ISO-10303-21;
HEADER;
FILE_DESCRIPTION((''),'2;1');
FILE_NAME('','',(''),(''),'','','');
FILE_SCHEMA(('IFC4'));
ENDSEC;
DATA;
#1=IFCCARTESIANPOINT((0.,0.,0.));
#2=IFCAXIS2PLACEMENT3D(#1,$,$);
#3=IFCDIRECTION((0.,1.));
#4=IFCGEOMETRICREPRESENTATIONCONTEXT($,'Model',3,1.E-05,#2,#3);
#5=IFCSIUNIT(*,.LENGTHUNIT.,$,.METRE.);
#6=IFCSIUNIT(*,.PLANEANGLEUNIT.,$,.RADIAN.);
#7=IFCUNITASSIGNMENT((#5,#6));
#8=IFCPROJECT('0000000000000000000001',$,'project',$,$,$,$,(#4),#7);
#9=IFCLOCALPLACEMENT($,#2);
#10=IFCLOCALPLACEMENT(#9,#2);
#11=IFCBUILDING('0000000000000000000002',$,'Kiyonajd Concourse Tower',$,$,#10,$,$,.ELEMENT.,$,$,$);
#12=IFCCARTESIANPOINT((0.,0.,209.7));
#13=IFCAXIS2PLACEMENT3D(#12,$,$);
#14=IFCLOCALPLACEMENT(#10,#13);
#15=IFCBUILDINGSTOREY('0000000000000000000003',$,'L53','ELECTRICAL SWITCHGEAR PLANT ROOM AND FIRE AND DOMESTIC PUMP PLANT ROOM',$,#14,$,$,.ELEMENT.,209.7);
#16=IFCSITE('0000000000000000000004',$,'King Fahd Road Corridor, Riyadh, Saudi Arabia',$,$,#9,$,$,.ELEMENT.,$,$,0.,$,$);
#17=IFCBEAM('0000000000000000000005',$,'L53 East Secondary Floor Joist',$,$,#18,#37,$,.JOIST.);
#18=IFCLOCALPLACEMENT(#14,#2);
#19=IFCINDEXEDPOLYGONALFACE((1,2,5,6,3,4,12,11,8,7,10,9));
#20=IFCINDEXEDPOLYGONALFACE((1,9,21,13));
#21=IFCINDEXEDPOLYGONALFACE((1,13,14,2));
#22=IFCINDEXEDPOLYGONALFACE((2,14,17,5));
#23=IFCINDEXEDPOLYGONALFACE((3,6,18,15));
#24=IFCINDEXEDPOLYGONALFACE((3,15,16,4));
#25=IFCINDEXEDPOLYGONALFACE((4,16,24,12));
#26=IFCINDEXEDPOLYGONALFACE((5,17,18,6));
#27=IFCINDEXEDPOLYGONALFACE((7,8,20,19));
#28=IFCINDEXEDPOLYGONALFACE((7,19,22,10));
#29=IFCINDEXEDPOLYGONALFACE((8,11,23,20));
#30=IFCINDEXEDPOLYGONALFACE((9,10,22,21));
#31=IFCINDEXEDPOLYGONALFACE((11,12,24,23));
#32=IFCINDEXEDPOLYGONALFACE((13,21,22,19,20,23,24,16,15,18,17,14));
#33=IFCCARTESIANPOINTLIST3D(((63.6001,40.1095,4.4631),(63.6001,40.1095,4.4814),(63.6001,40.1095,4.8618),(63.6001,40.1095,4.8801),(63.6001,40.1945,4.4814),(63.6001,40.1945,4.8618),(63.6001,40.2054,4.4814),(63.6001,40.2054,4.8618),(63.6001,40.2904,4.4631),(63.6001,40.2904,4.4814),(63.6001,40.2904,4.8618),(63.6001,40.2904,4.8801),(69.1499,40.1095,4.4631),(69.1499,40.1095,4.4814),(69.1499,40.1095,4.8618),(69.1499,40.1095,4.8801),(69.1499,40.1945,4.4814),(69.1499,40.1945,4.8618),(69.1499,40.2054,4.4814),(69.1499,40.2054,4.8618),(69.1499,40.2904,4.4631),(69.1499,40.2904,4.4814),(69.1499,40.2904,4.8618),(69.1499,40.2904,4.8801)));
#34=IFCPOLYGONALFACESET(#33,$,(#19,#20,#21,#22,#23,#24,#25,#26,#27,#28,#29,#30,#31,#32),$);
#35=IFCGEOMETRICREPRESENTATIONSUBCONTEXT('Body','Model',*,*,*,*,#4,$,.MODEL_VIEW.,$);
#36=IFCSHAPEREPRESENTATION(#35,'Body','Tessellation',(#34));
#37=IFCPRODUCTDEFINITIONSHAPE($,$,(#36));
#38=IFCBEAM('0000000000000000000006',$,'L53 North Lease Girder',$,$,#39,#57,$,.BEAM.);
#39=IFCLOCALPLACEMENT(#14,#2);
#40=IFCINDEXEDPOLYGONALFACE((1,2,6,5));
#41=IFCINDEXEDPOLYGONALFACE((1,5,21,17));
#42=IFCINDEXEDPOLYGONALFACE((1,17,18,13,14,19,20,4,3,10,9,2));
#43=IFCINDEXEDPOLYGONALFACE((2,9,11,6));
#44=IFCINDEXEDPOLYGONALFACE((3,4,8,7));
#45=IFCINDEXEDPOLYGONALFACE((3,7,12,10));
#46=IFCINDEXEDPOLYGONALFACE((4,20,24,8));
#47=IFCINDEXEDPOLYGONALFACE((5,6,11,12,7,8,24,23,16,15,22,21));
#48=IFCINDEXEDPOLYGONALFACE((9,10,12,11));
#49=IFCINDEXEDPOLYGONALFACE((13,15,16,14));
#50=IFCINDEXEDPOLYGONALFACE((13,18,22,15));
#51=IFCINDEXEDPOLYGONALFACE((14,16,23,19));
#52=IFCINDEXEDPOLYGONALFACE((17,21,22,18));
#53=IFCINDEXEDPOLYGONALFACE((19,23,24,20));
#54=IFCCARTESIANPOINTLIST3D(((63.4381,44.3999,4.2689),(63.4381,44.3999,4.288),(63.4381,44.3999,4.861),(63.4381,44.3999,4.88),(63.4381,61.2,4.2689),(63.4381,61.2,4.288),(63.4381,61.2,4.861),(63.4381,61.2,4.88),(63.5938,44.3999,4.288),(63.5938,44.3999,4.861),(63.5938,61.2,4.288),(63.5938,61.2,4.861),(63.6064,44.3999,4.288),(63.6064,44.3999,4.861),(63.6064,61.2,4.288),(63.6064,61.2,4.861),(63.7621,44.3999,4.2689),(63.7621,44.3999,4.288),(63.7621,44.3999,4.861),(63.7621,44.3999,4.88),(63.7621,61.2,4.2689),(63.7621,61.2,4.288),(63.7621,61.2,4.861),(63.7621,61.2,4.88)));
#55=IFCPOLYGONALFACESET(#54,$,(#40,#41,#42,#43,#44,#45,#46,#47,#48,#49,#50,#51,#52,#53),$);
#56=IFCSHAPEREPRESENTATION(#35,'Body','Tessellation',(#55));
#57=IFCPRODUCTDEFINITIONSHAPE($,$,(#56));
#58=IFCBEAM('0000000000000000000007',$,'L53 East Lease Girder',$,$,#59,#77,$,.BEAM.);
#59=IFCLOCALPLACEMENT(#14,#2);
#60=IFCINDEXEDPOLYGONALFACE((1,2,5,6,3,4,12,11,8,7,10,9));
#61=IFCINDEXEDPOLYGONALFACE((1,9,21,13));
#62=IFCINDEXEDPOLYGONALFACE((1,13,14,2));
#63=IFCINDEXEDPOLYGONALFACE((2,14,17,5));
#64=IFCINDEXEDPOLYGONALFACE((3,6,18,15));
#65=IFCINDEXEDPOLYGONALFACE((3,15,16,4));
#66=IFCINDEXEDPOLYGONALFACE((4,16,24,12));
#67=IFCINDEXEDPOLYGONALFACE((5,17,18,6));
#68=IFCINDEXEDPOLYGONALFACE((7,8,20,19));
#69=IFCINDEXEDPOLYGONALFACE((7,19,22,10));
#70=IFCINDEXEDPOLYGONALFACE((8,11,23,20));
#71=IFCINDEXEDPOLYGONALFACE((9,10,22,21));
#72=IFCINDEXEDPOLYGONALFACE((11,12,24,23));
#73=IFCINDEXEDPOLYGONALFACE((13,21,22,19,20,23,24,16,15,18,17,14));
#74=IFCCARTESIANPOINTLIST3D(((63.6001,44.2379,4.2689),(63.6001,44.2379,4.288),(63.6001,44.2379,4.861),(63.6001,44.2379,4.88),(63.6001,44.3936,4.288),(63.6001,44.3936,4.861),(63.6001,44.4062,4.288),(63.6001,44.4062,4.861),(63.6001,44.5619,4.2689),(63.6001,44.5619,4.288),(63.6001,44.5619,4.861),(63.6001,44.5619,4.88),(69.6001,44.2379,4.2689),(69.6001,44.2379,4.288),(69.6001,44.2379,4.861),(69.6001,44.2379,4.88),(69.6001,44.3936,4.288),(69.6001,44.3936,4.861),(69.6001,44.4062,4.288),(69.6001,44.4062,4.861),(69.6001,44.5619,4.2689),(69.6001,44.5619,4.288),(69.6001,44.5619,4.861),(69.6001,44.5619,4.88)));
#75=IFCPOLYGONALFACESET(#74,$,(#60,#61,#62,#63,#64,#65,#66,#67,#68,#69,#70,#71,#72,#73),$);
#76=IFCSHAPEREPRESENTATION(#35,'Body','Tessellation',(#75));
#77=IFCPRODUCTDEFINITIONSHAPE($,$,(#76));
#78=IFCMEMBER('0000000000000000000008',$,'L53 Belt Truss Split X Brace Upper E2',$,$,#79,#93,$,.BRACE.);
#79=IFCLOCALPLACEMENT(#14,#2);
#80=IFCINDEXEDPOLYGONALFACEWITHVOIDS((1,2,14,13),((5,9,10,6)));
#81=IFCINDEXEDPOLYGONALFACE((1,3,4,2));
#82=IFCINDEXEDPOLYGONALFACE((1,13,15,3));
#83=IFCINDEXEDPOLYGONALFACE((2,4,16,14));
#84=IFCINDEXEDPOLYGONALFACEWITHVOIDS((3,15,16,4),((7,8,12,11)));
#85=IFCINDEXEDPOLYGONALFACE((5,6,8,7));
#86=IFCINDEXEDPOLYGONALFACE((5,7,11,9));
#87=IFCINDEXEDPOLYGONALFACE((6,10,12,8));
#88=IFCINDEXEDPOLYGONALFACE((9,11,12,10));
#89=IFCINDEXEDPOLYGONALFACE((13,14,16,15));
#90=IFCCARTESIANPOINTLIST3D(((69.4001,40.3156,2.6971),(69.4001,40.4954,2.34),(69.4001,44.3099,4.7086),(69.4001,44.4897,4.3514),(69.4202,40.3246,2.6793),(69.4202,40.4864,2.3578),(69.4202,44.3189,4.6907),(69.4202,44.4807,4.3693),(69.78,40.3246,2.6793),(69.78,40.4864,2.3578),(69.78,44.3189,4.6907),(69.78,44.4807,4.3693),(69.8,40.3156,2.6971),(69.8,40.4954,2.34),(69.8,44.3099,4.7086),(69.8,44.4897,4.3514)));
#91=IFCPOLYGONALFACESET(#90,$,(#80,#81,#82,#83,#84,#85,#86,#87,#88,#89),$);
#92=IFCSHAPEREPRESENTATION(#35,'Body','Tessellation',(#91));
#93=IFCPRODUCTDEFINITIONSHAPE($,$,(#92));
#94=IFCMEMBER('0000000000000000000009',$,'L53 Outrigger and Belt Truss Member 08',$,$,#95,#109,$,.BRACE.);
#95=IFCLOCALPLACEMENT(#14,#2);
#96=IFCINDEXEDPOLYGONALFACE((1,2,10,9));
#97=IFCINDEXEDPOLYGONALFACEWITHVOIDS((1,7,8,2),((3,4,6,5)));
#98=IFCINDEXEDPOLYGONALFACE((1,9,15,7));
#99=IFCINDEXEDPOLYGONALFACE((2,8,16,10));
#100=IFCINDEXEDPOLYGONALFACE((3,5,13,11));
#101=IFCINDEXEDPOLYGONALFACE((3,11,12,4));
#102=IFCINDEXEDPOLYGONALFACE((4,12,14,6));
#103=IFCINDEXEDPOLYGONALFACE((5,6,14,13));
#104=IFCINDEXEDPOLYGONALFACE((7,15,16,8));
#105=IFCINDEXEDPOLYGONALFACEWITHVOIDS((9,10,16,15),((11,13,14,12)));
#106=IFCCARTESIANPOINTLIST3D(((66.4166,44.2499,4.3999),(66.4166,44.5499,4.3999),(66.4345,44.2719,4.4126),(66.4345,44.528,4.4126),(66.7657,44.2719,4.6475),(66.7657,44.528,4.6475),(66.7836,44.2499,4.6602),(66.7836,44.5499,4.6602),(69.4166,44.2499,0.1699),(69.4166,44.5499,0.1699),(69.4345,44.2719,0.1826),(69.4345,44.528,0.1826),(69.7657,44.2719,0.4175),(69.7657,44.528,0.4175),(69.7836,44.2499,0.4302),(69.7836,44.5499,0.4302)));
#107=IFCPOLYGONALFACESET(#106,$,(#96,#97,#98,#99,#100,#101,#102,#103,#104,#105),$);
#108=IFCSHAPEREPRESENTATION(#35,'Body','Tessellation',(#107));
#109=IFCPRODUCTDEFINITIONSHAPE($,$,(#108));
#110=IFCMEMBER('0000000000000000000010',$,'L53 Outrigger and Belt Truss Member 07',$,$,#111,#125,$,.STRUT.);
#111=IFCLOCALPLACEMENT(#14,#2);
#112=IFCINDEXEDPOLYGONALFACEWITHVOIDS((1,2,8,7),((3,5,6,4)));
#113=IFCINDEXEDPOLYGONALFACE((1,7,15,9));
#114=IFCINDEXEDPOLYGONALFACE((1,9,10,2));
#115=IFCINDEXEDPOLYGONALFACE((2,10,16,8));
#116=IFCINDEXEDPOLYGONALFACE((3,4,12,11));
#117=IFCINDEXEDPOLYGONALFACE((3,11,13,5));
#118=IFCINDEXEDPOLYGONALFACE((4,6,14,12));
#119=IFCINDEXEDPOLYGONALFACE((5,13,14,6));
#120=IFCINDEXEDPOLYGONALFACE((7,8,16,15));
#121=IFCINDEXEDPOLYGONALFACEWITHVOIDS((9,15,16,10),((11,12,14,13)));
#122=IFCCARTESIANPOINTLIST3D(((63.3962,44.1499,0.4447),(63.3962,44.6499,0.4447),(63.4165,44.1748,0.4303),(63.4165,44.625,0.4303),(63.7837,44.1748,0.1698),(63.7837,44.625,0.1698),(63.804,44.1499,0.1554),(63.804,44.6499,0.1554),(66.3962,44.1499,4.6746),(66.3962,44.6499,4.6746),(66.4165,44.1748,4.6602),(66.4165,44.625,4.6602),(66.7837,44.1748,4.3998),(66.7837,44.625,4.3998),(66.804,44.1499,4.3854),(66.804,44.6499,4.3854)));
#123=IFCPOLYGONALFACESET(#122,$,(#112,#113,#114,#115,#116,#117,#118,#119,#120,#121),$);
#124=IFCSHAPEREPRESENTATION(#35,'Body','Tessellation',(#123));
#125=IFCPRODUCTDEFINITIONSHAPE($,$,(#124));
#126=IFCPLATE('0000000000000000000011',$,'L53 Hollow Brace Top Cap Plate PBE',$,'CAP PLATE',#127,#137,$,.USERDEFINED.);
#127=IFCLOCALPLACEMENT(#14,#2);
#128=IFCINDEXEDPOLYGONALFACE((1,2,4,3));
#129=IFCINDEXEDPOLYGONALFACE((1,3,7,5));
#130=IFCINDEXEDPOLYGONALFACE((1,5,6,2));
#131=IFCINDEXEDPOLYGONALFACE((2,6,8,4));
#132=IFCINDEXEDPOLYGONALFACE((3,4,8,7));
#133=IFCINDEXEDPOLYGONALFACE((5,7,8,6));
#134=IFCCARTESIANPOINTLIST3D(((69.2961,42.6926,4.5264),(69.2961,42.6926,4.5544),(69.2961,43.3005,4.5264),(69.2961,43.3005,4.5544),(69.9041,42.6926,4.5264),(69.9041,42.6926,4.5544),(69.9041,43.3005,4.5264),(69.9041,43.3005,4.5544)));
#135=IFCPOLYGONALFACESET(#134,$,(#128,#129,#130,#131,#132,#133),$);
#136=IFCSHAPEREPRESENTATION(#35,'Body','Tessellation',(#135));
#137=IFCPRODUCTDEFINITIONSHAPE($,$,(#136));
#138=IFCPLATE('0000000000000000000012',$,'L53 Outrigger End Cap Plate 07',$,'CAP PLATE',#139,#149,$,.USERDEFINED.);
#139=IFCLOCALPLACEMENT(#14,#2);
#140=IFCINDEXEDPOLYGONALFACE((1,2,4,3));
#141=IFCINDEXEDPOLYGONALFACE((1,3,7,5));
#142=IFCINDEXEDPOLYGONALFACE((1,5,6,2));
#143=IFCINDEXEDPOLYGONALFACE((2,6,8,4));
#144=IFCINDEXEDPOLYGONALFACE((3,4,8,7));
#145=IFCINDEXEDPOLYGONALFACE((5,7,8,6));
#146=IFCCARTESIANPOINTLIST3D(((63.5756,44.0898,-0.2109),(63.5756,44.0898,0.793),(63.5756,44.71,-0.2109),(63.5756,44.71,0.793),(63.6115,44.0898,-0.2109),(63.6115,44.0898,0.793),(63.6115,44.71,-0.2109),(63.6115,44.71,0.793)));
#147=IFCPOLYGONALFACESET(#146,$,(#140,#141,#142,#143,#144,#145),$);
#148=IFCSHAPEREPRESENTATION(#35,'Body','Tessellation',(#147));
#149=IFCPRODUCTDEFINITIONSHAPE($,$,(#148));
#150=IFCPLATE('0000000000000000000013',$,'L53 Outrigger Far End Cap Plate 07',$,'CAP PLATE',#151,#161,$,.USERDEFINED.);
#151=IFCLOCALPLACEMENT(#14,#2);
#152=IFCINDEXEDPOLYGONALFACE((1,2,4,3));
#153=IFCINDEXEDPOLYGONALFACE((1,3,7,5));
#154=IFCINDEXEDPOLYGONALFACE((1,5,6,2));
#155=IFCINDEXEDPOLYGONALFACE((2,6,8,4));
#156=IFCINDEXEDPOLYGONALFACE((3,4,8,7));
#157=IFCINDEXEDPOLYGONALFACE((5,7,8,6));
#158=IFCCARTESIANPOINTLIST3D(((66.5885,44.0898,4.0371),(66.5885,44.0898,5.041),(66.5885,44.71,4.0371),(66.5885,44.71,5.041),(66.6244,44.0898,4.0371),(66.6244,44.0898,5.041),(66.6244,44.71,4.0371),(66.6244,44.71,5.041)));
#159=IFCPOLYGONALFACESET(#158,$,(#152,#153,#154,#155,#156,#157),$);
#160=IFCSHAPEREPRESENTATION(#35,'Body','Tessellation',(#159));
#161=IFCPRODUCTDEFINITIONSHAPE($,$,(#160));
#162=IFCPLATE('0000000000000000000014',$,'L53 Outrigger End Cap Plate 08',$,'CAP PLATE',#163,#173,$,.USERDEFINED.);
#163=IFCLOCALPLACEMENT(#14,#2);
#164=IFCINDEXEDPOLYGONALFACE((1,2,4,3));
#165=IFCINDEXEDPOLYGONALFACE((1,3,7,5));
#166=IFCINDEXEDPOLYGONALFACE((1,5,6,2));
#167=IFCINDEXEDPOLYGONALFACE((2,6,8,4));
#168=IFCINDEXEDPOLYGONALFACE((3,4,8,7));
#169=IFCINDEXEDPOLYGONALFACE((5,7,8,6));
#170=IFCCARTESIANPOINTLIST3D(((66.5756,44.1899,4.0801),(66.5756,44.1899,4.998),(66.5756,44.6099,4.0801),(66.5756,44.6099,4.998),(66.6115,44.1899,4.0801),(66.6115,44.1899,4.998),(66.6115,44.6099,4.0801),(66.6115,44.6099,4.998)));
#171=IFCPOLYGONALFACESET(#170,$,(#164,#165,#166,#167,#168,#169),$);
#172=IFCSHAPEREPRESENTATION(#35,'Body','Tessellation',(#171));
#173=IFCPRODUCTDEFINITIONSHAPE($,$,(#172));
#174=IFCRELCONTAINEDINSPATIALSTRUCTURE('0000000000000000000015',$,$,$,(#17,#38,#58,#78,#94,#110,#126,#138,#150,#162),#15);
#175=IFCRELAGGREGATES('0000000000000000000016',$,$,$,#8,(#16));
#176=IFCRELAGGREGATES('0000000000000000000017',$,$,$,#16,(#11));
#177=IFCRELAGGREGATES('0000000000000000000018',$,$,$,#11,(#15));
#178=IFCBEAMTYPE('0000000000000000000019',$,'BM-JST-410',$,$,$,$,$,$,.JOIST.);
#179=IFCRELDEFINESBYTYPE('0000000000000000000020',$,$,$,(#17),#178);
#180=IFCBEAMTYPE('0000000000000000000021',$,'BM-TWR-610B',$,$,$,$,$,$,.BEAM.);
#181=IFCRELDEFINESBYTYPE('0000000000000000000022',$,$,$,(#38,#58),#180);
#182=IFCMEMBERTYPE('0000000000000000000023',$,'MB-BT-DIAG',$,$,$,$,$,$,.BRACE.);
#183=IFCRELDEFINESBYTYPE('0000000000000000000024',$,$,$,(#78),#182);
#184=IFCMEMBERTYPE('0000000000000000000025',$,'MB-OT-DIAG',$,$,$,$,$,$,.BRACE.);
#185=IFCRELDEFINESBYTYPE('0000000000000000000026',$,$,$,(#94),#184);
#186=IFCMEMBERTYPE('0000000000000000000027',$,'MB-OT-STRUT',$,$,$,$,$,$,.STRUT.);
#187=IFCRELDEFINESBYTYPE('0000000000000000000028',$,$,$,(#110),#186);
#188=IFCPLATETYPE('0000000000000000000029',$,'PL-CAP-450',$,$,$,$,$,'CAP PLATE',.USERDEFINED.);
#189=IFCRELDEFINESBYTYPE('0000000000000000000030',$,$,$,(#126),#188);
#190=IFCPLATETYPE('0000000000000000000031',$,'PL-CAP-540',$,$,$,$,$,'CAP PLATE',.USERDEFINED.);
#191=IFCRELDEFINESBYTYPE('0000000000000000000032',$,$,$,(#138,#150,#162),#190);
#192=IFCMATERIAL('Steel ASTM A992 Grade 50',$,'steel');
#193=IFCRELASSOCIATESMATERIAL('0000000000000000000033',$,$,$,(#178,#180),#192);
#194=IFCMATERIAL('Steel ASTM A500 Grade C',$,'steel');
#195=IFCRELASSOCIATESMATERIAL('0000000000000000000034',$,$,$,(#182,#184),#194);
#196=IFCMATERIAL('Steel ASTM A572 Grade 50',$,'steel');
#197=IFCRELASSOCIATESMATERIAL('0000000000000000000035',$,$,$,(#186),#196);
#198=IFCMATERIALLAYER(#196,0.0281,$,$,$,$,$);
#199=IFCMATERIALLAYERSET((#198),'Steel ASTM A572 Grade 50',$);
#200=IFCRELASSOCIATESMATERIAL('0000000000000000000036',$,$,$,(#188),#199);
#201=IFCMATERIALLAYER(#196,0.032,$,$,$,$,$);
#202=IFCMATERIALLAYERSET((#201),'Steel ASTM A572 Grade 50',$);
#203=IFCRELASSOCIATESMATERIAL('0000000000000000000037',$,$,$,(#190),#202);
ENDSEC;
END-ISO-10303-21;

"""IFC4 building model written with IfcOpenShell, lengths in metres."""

from ifc_helpers import new_model, si_unit, direction, frame, origin, origin_2d, place, context, subcontext, project, spatial, rectangle, hollow_rectangle, i_section, extrude, material, layer, layer_set, material_profile, profile_set, type_object, element, save


model = new_model("IFC4")

# Units and contexts
model_context = context("Model", 3, precision=1e-05, world=origin(), true_north=direction((0.0, 1.0)))
body_context = subcontext(model_context, "Body", "Model", "MODEL_VIEW")
ifc_project = project(units=[si_unit("LENGTHUNIT", "METRE"), si_unit("PLANEANGLEUNIT", "RADIAN")], contexts=[model_context])

# Site, building, storey
site_placement = place(None, origin())
site = spatial("IfcSite", under=ifc_project, at=site_placement, Name="King Fahd Road Corridor, Riyadh, Saudi Arabia", CompositionType="ELEMENT", RefElevation=0.0)
building_placement = place(site_placement, origin())
building = spatial("IfcBuilding", under=site, at=building_placement, Name="Kiyonajd Concourse Tower", CompositionType="ELEMENT")
storey_placement = place(building_placement, frame((0.0, 0.0, 209.7)))
storey = spatial("IfcBuildingStorey", under=building, at=storey_placement, Name="L53", Description="ELECTRICAL SWITCHGEAR PLANT ROOM AND FIRE AND DOMESTIC PUMP PLANT ROOM", CompositionType="ELEMENT", Elevation=209.7)

# Beams
ifc_material_1 = material(Name="Steel ASTM A992 Grade 50", Category="steel")
ifc_material_profile_1 = material_profile(ifc_material_1, i_section(OverallWidth=0.1809, OverallDepth=0.417, WebThickness=0.011, FlangeThickness=0.0183, at=origin_2d()), Name="W410X85")
ifc_profile_set_1 = profile_set([ifc_material_profile_1], Name="Steel ASTM A992 Grade 50")
beam_type_1 = type_object("IfcBeamType", Name="BM-JST-410", PredefinedType="JOIST", material=ifc_profile_set_1)
beam_1_placement = place(storey_placement, frame((63.6001, 40.2, 4.6716), z_axis=(1.0, 0.0, 0.0), x_axis=(0.0, 1.0, 0.0)))
element("IfcBeam", 1, at=beam_1_placement, inside=storey, type_object=beam_type_1, Name="L53 East Secondary Floor Joist", PredefinedType="JOIST", context=body_context, shape_type="SweptSolid", body=[
    extrude(i_section(OverallWidth=0.1809, OverallDepth=0.417, WebThickness=0.011, FlangeThickness=0.0183, at=origin_2d()), origin(), (0.0, 0.0, 1.0), 5.5498),
])
ifc_material_profile_2 = material_profile(ifc_material_1, i_section(OverallWidth=0.324, OverallDepth=0.6111, WebThickness=0.0127, FlangeThickness=0.019, at=origin_2d()), Name="W610X155")
ifc_profile_set_2 = profile_set([ifc_material_profile_2], Name="Steel ASTM A992 Grade 50")
beam_type_2 = type_object("IfcBeamType", Name="BM-TWR-610B", PredefinedType="BEAM", material=ifc_profile_set_2)
beam_2_placement = place(storey_placement, frame((63.6001, 44.3999, 4.5745), z_axis=(0.0, 1.0, 0.0), x_axis=(-1.0, 0.0, 0.0)))
element("IfcBeam", 2, at=beam_2_placement, inside=storey, type_object=beam_type_2, Name="L53 North Lease Girder", PredefinedType="BEAM", context=body_context, shape_type="SweptSolid", body=[
    extrude(i_section(OverallWidth=0.324, OverallDepth=0.6111, WebThickness=0.0127, FlangeThickness=0.019, at=origin_2d()), origin(), (0.0, 0.0, 1.0), 16.8),
])
beam_3_placement = place(storey_placement, frame((63.6001, 44.3999, 4.5745), z_axis=(1.0, 0.0, 0.0), x_axis=(0.0, 1.0, 0.0)))
element("IfcBeam", 3, at=beam_3_placement, inside=storey, type_object=beam_type_2, Name="L53 East Lease Girder", PredefinedType="BEAM", context=body_context, shape_type="SweptSolid", body=[
    extrude(i_section(OverallWidth=0.324, OverallDepth=0.6111, WebThickness=0.0127, FlangeThickness=0.019, at=origin_2d()), origin(), (0.0, 0.0, 1.0), 6.0),
])

# Members
ifc_material_2 = material(Name="Steel ASTM A500 Grade C", Category="steel")
ifc_material_profile_3 = material_profile(ifc_material_2, hollow_rectangle(XDim=0.3999, YDim=0.3999, WallThickness=0.02, at=origin_2d()), Name="HSS-400x400x20")
ifc_profile_set_3 = profile_set([ifc_material_profile_3], Name="Steel ASTM A500 Grade C")
member_type_1 = type_object("IfcMemberType", Name="MB-BT-DIAG", PredefinedType="BRACE", material=ifc_profile_set_3)
member_1_placement = place(storey_placement, frame((69.6001, 40.4055, 2.5186), z_axis=(0.0, 0.893146, 0.449767), x_axis=(-1.0, 0.0, 0.0)))
element("IfcMember", 4, at=member_1_placement, inside=storey, type_object=member_type_1, Name="L53 Belt Truss Split X Brace Upper E2", PredefinedType="BRACE", context=body_context, shape_type="SweptSolid", body=[
    extrude(hollow_rectangle(XDim=0.3999, YDim=0.3999, WallThickness=0.02, at=origin_2d()), origin(), (0.0, 0.0, 1.0), 4.4722),
])
ifc_material_profile_4 = material_profile(ifc_material_2, hollow_rectangle(XDim=0.3, YDim=0.45, WallThickness=0.022, at=origin_2d()), Name="HSS-450x300x22")
ifc_profile_set_4 = profile_set([ifc_material_profile_4], Name="Steel ASTM A500 Grade C")
member_type_2 = type_object("IfcMemberType", Name="MB-OT-DIAG", PredefinedType="BRACE", material=ifc_profile_set_4)
member_2_placement = place(storey_placement, frame((66.6001, 44.3999, 4.53), z_axis=(0.578501, 0.0, -0.815682), x_axis=(0.0, 1.0, 0.0)))
element("IfcMember", 5, at=member_2_placement, inside=storey, type_object=member_type_2, Name="L53 Outrigger and Belt Truss Member 08", PredefinedType="BRACE", context=body_context, shape_type="SweptSolid", body=[
    extrude(hollow_rectangle(XDim=0.3, YDim=0.45, WallThickness=0.022, at=origin_2d()), origin(), (0.0, 0.0, 1.0), 5.1858),
])
ifc_material_3 = material(Name="Steel ASTM A572 Grade 50", Category="steel")
ifc_material_profile_5 = material_profile(ifc_material_3, hollow_rectangle(XDim=0.5, YDim=0.5, WallThickness=0.0249, at=origin_2d()), Name="HSS-500x500x25")
ifc_profile_set_5 = profile_set([ifc_material_profile_5], Name="Steel ASTM A572 Grade 50")
member_type_3 = type_object("IfcMemberType", Name="MB-OT-STRUT", PredefinedType="STRUT", material=ifc_profile_set_5)
member_3_placement = place(storey_placement, frame((63.6001, 44.3999, 0.3), z_axis=(0.578501, 0.0, 0.815682), x_axis=(0.0, 1.0, 0.0)))
element("IfcMember", 6, at=member_3_placement, inside=storey, type_object=member_type_3, Name="L53 Outrigger and Belt Truss Member 07", PredefinedType="STRUT", context=body_context, shape_type="SweptSolid", body=[
    extrude(hollow_rectangle(XDim=0.5, YDim=0.5, WallThickness=0.0249, at=origin_2d()), origin(), (0.0, 0.0, 1.0), 5.1858),
])

# Plates
ifc_layer_1 = layer(ifc_material_3, 0.0281)
ifc_layer_set_1 = layer_set([ifc_layer_1], Name="Steel ASTM A572 Grade 50")
plate_type_1 = type_object("IfcPlateType", Name="PL-CAP-450", ElementType="CAP PLATE", PredefinedType="USERDEFINED", material=ifc_layer_set_1)
plate_1_placement = place(storey_placement, frame((69.6001, 42.9966, 4.5264), z_axis=(0.0, 0.0, 1.0), x_axis=(1.0, 0.0, 0.0)))
element("IfcPlate", 7, at=plate_1_placement, inside=storey, type_object=plate_type_1, Name="L53 Hollow Brace Top Cap Plate PBE", ObjectType="CAP PLATE", PredefinedType="USERDEFINED", context=body_context, shape_type="SweptSolid", body=[
    extrude(rectangle(XDim=0.6079, YDim=0.6079, at=origin_2d()), origin(), (0.0, 0.0, 1.0), 0.0281),
])
ifc_layer_2 = layer(ifc_material_3, 0.032)
ifc_layer_set_2 = layer_set([ifc_layer_2], Name="Steel ASTM A572 Grade 50")
plate_type_2 = type_object("IfcPlateType", Name="PL-CAP-540", ElementType="CAP PLATE", PredefinedType="USERDEFINED", material=ifc_layer_set_2)
for number, where, z_axis, x_axis, name in (
    (8, (63.5935, 44.3999, -0.2109), (0.0, 0.0, 1.0), (-1.0, 0.0, 0.0), "L53 Outrigger End Cap Plate 07"),
    (9, (66.6064, 44.3999, 4.0371), (0.0, 0.0, 1.0), (1.0, 0.0, 0.0), "L53 Outrigger Far End Cap Plate 07"),
):
    element("IfcPlate", number, at=place(storey_placement, frame(where, z_axis=z_axis, x_axis=x_axis)), inside=storey, type_object=plate_type_2, Name=name, ObjectType="CAP PLATE", PredefinedType="USERDEFINED", context=body_context, shape_type="SweptSolid", body=[
        extrude(rectangle(XDim=0.0359, YDim=0.6201, at=origin_2d()), origin(), (0.0, 0.0, 1.0), 1.0039),
    ])
plate_2_placement = place(storey_placement, frame((66.5935, 44.3999, 4.0801), z_axis=(0.0, 0.0, 1.0), x_axis=(-1.0, 0.0, 0.0)))
element("IfcPlate", 10, at=plate_2_placement, inside=storey, type_object=plate_type_2, Name="L53 Outrigger End Cap Plate 08", ObjectType="CAP PLATE", PredefinedType="USERDEFINED", context=body_context, shape_type="SweptSolid", body=[
    extrude(rectangle(XDim=0.0359, YDim=0.4199, at=origin_2d()), origin(), (0.0, 0.0, 1.0), 0.918),
])

save(model, "model.ifc")
